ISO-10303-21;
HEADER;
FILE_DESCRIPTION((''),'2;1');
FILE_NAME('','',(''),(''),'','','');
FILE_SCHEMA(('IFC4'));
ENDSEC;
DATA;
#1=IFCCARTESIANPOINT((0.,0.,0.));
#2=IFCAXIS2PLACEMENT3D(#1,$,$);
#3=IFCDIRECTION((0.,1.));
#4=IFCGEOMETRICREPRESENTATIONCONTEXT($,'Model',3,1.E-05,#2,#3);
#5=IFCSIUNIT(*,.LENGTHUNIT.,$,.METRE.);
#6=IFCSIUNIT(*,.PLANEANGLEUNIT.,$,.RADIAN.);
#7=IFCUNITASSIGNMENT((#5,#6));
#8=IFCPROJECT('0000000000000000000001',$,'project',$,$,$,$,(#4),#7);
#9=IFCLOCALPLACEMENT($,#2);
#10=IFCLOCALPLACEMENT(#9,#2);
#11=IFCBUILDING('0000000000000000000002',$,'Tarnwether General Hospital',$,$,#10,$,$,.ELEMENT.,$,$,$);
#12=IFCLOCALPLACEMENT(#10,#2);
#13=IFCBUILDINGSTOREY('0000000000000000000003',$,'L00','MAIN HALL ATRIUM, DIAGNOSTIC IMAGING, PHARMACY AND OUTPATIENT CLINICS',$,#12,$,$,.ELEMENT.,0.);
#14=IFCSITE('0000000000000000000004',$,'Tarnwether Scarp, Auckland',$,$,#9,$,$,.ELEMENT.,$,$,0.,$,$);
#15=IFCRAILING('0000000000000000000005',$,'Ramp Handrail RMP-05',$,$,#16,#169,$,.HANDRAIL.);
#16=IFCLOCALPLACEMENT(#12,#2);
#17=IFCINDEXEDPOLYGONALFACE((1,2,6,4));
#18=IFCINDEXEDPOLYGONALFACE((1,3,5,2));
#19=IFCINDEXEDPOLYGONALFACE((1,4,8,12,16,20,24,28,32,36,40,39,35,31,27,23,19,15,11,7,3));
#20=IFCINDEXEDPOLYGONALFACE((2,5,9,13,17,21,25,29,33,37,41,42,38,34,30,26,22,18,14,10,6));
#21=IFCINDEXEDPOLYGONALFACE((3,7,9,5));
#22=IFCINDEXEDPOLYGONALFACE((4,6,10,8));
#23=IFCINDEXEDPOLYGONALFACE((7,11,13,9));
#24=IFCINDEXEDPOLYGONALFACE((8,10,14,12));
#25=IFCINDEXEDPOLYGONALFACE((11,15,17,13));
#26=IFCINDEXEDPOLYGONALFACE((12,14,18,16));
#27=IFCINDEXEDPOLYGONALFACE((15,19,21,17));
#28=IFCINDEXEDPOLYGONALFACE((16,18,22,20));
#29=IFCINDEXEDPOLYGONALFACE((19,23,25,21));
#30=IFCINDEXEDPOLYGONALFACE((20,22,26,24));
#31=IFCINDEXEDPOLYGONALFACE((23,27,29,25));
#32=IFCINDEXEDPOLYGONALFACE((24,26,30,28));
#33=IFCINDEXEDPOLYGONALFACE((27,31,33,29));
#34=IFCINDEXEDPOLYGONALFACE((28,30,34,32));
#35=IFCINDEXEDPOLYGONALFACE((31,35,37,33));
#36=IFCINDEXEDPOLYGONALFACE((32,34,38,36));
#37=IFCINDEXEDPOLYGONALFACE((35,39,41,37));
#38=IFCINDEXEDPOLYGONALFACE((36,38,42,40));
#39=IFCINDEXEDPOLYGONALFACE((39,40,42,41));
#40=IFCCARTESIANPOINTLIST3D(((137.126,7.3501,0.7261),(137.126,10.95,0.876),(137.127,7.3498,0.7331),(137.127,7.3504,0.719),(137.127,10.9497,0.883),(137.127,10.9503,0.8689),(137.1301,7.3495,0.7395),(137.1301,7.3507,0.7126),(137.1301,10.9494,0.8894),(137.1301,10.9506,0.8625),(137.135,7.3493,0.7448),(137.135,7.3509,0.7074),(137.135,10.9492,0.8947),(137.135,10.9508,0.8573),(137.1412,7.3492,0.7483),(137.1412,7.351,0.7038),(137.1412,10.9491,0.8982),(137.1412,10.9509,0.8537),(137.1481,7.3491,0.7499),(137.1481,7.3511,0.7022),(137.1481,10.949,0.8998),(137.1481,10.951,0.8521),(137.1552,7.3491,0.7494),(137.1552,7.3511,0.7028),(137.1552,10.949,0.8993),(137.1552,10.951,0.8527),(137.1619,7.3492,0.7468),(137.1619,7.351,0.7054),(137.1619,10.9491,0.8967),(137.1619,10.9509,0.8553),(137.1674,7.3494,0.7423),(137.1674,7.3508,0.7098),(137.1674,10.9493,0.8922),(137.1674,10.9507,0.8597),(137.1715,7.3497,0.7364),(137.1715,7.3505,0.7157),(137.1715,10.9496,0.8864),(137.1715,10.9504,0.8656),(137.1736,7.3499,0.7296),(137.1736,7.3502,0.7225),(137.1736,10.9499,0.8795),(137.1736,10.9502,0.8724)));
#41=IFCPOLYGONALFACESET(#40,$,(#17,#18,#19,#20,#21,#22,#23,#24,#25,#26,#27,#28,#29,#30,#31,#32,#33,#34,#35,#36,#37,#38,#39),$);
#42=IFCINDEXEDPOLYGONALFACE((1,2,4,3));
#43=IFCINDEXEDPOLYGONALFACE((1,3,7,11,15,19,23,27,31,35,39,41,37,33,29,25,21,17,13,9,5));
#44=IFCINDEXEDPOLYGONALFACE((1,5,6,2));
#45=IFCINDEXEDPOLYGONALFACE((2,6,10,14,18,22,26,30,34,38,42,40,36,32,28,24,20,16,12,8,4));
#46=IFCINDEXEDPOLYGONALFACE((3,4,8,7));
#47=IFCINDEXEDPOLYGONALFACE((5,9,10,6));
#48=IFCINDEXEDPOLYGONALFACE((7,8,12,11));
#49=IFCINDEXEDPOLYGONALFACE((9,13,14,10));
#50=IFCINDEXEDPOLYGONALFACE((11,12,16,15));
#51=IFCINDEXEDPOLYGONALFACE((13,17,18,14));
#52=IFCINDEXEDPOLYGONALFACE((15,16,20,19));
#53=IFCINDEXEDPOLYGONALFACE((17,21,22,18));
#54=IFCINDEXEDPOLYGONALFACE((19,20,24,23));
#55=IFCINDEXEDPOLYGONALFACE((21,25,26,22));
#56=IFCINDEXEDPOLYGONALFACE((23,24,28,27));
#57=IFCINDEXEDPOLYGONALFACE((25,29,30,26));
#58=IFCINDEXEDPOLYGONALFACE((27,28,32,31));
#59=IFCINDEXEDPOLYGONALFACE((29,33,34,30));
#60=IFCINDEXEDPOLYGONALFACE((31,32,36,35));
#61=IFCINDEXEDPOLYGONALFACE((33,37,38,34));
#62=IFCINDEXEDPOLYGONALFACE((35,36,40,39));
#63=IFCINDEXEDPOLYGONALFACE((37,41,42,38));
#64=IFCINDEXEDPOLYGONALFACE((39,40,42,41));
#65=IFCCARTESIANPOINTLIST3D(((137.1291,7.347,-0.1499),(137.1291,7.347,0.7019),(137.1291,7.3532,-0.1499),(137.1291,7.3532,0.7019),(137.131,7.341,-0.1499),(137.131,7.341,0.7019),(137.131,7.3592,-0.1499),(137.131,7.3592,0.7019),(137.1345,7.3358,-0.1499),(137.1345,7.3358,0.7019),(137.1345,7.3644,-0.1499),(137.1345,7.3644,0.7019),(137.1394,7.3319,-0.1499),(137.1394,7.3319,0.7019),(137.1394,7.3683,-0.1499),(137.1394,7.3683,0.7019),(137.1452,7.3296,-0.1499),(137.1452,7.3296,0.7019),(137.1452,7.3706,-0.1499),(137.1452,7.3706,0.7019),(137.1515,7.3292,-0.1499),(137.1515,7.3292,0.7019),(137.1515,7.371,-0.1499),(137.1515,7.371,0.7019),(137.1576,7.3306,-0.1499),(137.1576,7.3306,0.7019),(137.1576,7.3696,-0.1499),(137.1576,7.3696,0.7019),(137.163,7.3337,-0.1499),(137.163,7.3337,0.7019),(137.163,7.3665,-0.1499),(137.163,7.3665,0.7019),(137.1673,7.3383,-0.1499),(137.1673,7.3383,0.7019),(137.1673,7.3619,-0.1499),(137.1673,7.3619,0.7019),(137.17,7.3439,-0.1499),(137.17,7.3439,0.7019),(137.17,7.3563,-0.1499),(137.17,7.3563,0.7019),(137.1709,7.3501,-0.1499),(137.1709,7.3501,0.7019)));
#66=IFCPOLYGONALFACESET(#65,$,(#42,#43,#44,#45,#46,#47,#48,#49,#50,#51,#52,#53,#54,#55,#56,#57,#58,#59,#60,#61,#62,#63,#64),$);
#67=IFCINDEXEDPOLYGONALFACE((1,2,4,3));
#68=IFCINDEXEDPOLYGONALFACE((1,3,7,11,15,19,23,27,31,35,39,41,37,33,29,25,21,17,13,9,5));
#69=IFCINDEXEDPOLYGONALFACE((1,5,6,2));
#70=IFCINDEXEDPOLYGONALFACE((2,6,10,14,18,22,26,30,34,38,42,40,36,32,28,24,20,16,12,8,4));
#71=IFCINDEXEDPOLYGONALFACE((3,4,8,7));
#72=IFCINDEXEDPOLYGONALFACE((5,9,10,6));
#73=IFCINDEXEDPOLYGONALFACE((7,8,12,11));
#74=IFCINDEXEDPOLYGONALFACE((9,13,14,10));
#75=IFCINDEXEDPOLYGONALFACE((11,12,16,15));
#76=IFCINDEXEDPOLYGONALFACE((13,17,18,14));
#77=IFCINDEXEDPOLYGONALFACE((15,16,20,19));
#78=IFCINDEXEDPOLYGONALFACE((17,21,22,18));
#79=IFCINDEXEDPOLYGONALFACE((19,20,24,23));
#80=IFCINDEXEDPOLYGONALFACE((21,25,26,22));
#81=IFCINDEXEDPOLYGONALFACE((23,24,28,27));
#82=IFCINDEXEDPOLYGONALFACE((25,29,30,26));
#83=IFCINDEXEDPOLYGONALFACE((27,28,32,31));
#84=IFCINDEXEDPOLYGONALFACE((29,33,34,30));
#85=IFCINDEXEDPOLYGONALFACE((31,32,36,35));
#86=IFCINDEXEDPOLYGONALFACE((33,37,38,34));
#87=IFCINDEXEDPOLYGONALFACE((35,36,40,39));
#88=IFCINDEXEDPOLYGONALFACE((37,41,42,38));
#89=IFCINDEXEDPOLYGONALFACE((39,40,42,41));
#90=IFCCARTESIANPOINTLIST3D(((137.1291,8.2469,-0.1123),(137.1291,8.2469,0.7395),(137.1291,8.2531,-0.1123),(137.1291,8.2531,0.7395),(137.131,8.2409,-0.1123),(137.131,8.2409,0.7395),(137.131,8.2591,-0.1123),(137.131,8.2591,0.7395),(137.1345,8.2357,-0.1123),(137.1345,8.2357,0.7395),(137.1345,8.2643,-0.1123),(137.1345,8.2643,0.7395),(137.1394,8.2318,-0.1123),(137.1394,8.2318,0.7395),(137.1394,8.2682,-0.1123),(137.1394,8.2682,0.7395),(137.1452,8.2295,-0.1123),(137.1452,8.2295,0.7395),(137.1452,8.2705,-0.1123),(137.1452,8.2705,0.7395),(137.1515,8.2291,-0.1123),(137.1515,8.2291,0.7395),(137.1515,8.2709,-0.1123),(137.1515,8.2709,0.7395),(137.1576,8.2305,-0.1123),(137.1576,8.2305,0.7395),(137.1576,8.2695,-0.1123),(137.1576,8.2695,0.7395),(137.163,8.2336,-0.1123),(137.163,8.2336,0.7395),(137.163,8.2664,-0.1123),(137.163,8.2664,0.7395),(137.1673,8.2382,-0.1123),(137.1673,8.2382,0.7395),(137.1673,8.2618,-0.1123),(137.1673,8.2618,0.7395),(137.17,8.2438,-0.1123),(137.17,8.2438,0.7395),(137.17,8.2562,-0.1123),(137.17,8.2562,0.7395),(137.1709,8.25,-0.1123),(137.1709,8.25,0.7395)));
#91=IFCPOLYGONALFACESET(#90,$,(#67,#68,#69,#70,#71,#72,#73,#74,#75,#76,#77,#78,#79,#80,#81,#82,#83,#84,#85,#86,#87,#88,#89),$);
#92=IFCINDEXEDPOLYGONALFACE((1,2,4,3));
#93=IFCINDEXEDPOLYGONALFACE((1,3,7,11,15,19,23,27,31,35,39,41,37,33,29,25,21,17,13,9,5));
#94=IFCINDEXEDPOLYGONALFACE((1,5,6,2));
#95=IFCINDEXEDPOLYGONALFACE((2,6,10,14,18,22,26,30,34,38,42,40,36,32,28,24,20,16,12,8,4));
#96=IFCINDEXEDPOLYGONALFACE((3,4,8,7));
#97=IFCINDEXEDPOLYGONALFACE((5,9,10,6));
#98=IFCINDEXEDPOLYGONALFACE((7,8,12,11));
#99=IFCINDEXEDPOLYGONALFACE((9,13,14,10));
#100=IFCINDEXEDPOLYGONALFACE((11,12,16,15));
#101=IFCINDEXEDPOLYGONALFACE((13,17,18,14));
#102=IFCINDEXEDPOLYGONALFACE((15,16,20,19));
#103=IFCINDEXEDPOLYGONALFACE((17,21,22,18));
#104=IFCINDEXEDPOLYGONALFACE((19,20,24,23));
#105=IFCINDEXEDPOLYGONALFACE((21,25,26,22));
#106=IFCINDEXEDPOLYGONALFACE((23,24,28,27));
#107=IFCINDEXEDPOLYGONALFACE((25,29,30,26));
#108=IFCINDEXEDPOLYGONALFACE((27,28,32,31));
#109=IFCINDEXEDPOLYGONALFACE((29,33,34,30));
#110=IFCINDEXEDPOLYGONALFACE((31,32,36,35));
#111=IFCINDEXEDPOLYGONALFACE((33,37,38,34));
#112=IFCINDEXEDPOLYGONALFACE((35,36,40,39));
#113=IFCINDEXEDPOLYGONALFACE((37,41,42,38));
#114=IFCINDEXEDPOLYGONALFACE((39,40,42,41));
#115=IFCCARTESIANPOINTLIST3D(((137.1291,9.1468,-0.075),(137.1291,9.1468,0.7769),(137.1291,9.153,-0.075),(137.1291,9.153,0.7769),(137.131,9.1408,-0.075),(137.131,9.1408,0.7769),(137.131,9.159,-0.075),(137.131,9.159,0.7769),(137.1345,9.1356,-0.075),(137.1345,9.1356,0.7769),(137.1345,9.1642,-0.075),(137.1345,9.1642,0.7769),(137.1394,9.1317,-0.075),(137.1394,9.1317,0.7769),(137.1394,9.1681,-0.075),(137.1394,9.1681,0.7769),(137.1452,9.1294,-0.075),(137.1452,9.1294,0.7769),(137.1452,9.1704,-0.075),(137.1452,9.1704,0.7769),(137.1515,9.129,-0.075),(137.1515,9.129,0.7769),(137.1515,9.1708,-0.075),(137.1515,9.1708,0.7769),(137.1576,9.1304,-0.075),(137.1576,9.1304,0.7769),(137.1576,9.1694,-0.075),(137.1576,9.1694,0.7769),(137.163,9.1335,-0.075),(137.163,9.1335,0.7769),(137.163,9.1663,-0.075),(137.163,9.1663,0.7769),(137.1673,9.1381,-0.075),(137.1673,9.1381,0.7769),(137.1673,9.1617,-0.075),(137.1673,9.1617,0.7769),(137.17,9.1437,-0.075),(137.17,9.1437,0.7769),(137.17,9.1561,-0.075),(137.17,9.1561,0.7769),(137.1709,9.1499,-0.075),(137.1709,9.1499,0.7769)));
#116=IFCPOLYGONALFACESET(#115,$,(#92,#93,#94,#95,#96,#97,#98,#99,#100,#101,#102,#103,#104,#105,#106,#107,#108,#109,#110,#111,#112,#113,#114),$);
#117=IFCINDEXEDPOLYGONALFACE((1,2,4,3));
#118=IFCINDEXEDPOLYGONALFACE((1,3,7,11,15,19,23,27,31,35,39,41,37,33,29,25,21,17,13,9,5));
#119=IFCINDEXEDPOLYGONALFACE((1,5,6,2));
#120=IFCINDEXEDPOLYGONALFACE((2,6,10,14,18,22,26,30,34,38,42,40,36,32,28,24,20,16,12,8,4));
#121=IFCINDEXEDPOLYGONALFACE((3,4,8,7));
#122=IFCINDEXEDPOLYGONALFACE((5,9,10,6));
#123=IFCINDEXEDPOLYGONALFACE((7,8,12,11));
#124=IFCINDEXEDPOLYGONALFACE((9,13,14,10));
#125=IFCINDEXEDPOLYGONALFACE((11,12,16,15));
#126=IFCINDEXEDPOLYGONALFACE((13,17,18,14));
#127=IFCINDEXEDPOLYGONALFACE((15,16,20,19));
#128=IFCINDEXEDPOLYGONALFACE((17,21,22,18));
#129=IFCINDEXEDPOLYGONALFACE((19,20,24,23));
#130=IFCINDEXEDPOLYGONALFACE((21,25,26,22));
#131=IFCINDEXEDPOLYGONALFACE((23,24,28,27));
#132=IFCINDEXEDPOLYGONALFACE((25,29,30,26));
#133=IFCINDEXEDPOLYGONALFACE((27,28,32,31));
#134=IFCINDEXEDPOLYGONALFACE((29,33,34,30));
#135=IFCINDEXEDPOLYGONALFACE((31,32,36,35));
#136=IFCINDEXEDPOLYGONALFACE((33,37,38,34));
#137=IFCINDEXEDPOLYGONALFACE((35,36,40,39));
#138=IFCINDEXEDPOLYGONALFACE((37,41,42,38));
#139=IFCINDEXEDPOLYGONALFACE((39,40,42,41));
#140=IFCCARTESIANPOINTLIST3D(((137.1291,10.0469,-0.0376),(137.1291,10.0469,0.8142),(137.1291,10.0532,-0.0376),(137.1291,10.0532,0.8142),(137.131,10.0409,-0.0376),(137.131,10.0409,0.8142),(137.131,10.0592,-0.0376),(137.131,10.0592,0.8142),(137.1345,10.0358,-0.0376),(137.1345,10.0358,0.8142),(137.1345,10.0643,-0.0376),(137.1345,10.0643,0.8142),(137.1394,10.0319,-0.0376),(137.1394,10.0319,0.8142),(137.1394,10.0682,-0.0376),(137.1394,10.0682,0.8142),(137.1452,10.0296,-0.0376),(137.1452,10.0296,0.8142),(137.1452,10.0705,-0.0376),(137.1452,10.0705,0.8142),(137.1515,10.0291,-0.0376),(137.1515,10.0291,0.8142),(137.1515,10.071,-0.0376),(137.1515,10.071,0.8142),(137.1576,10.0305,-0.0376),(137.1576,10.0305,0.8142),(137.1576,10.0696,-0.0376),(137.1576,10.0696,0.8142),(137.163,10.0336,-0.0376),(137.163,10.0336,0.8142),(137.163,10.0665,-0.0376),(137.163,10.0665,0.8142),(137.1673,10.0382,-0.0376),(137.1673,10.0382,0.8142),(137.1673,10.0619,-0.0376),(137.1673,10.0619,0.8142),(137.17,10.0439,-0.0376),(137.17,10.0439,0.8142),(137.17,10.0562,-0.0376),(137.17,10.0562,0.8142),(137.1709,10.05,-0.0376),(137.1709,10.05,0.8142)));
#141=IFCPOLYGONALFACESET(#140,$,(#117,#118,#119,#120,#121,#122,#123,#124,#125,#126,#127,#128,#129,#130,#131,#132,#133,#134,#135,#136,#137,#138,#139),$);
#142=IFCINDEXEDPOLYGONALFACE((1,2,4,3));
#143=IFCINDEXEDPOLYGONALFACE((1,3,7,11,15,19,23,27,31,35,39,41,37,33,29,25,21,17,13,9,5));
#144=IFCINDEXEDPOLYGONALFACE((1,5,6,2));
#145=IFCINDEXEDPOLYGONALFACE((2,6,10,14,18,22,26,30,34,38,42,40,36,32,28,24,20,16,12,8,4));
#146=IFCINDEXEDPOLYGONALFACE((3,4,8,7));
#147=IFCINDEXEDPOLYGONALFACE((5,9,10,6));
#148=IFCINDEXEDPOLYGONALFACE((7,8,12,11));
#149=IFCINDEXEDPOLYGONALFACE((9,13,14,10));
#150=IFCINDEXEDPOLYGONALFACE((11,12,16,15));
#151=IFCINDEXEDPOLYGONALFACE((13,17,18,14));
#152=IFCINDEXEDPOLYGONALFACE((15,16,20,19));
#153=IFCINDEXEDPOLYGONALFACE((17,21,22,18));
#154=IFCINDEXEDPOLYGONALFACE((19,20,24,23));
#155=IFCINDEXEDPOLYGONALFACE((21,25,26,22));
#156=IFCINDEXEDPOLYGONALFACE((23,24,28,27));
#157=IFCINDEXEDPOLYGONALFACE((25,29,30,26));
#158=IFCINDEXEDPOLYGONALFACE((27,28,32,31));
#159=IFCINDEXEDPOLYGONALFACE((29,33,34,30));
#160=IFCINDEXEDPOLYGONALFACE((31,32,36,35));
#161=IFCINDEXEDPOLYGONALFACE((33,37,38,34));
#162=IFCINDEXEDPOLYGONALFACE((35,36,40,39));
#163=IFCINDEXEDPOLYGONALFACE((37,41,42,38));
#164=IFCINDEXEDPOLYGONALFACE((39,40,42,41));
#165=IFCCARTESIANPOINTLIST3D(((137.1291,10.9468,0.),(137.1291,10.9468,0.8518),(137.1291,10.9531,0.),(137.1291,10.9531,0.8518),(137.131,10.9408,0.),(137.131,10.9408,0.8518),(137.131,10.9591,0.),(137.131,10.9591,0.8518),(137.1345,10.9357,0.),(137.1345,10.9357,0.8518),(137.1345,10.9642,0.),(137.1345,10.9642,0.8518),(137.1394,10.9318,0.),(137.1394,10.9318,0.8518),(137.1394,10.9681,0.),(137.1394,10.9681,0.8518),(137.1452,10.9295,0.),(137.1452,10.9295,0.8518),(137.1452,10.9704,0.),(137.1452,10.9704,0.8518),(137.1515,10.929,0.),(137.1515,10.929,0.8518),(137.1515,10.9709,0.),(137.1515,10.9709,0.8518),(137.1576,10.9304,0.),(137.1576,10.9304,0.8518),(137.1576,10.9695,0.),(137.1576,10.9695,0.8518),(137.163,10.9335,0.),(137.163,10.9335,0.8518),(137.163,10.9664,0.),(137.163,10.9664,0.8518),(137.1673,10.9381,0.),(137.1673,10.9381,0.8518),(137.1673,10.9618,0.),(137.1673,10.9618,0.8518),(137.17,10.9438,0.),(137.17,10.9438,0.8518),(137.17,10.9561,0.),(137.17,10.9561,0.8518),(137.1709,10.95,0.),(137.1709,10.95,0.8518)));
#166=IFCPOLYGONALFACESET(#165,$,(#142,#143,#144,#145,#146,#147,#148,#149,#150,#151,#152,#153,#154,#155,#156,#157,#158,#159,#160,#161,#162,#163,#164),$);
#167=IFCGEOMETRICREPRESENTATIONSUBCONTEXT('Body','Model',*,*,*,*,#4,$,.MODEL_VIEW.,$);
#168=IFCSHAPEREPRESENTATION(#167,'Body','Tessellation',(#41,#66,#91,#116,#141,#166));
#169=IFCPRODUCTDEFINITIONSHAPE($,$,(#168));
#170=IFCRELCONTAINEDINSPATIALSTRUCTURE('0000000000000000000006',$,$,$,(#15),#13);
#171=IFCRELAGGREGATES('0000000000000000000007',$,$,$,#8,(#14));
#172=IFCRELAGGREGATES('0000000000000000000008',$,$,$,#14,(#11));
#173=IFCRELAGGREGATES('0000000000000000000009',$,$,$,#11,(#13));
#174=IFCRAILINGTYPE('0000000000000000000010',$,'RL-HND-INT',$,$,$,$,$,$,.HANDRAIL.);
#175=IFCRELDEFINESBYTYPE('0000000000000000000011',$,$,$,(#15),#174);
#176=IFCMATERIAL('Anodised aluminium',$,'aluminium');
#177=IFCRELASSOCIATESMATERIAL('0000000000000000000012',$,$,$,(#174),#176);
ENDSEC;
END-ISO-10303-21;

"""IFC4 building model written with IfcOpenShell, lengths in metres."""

from ifc_helpers import new_model, si_unit, direction, frame, origin, origin_2d, place, context, subcontext, project, spatial, circle, extrude, material, type_object, element, save


model = new_model("IFC4")

# Units and contexts
model_context = context("Model", 3, precision=1e-05, world=origin(), true_north=direction((0.0, 1.0)))
body_context = subcontext(model_context, "Body", "Model", "MODEL_VIEW")
ifc_project = project(units=[si_unit("LENGTHUNIT", "METRE"), si_unit("PLANEANGLEUNIT", "RADIAN")], contexts=[model_context])

# Site, building, storey
site_placement = place(None, origin())
site = spatial("IfcSite", under=ifc_project, at=site_placement, Name="Tarnwether Scarp, Auckland", CompositionType="ELEMENT", RefElevation=0.0)
building_placement = place(site_placement, origin())
building = spatial("IfcBuilding", under=site, at=building_placement, Name="Tarnwether General Hospital", CompositionType="ELEMENT")
storey_placement = place(building_placement, origin())
storey = spatial("IfcBuildingStorey", under=building, at=storey_placement, Name="L00", Description="MAIN HALL ATRIUM, DIAGNOSTIC IMAGING, PHARMACY AND OUTPATIENT CLINICS", CompositionType="ELEMENT", Elevation=0.0)

# Railing
ifc_material_1 = material(Name="Anodised aluminium", Category="aluminium")
railing_type = type_object("IfcRailingType", Name="RL-HND-INT", PredefinedType="HANDRAIL", material=ifc_material_1)
railing_placement = place(storey_placement, frame((137.1499, 7.3501, -0.1499)))
element("IfcRailing", 1, at=railing_placement, inside=storey, type_object=railing_type, Name="Ramp Handrail RMP-05", PredefinedType="HANDRAIL", context=body_context, shape_type="SweptSolid", body=[
    extrude(circle(Radius=0.0239, at=origin_2d()), frame((0.0, 0.0, 0.876), z_axis=(0.0, 0.999134, 0.041605), x_axis=(-1.0, 0.0, 0.0)), (0.0, 0.0, 1.0), 3.603),
    extrude(circle(Radius=0.021, at=origin_2d()), origin(), (0.0, 0.0, 1.0), 0.8518),
    extrude(circle(Radius=0.021, at=origin_2d()), frame((0.0, 0.8999, 0.0376)), (0.0, 0.0, 1.0), 0.8518),
    extrude(circle(Radius=0.021, at=origin_2d()), frame((0.0, 1.7998, 0.075)), (0.0, 0.0, 1.0), 0.8518),
    extrude(circle(Radius=0.021, at=origin_2d()), frame((0.0, 2.7, 0.1123)), (0.0, 0.0, 1.0), 0.8518),
    extrude(circle(Radius=0.021, at=origin_2d()), frame((0.0, 3.5999, 0.1499)), (0.0, 0.0, 1.0), 0.8518),
])

save(model, "model.ifc")
